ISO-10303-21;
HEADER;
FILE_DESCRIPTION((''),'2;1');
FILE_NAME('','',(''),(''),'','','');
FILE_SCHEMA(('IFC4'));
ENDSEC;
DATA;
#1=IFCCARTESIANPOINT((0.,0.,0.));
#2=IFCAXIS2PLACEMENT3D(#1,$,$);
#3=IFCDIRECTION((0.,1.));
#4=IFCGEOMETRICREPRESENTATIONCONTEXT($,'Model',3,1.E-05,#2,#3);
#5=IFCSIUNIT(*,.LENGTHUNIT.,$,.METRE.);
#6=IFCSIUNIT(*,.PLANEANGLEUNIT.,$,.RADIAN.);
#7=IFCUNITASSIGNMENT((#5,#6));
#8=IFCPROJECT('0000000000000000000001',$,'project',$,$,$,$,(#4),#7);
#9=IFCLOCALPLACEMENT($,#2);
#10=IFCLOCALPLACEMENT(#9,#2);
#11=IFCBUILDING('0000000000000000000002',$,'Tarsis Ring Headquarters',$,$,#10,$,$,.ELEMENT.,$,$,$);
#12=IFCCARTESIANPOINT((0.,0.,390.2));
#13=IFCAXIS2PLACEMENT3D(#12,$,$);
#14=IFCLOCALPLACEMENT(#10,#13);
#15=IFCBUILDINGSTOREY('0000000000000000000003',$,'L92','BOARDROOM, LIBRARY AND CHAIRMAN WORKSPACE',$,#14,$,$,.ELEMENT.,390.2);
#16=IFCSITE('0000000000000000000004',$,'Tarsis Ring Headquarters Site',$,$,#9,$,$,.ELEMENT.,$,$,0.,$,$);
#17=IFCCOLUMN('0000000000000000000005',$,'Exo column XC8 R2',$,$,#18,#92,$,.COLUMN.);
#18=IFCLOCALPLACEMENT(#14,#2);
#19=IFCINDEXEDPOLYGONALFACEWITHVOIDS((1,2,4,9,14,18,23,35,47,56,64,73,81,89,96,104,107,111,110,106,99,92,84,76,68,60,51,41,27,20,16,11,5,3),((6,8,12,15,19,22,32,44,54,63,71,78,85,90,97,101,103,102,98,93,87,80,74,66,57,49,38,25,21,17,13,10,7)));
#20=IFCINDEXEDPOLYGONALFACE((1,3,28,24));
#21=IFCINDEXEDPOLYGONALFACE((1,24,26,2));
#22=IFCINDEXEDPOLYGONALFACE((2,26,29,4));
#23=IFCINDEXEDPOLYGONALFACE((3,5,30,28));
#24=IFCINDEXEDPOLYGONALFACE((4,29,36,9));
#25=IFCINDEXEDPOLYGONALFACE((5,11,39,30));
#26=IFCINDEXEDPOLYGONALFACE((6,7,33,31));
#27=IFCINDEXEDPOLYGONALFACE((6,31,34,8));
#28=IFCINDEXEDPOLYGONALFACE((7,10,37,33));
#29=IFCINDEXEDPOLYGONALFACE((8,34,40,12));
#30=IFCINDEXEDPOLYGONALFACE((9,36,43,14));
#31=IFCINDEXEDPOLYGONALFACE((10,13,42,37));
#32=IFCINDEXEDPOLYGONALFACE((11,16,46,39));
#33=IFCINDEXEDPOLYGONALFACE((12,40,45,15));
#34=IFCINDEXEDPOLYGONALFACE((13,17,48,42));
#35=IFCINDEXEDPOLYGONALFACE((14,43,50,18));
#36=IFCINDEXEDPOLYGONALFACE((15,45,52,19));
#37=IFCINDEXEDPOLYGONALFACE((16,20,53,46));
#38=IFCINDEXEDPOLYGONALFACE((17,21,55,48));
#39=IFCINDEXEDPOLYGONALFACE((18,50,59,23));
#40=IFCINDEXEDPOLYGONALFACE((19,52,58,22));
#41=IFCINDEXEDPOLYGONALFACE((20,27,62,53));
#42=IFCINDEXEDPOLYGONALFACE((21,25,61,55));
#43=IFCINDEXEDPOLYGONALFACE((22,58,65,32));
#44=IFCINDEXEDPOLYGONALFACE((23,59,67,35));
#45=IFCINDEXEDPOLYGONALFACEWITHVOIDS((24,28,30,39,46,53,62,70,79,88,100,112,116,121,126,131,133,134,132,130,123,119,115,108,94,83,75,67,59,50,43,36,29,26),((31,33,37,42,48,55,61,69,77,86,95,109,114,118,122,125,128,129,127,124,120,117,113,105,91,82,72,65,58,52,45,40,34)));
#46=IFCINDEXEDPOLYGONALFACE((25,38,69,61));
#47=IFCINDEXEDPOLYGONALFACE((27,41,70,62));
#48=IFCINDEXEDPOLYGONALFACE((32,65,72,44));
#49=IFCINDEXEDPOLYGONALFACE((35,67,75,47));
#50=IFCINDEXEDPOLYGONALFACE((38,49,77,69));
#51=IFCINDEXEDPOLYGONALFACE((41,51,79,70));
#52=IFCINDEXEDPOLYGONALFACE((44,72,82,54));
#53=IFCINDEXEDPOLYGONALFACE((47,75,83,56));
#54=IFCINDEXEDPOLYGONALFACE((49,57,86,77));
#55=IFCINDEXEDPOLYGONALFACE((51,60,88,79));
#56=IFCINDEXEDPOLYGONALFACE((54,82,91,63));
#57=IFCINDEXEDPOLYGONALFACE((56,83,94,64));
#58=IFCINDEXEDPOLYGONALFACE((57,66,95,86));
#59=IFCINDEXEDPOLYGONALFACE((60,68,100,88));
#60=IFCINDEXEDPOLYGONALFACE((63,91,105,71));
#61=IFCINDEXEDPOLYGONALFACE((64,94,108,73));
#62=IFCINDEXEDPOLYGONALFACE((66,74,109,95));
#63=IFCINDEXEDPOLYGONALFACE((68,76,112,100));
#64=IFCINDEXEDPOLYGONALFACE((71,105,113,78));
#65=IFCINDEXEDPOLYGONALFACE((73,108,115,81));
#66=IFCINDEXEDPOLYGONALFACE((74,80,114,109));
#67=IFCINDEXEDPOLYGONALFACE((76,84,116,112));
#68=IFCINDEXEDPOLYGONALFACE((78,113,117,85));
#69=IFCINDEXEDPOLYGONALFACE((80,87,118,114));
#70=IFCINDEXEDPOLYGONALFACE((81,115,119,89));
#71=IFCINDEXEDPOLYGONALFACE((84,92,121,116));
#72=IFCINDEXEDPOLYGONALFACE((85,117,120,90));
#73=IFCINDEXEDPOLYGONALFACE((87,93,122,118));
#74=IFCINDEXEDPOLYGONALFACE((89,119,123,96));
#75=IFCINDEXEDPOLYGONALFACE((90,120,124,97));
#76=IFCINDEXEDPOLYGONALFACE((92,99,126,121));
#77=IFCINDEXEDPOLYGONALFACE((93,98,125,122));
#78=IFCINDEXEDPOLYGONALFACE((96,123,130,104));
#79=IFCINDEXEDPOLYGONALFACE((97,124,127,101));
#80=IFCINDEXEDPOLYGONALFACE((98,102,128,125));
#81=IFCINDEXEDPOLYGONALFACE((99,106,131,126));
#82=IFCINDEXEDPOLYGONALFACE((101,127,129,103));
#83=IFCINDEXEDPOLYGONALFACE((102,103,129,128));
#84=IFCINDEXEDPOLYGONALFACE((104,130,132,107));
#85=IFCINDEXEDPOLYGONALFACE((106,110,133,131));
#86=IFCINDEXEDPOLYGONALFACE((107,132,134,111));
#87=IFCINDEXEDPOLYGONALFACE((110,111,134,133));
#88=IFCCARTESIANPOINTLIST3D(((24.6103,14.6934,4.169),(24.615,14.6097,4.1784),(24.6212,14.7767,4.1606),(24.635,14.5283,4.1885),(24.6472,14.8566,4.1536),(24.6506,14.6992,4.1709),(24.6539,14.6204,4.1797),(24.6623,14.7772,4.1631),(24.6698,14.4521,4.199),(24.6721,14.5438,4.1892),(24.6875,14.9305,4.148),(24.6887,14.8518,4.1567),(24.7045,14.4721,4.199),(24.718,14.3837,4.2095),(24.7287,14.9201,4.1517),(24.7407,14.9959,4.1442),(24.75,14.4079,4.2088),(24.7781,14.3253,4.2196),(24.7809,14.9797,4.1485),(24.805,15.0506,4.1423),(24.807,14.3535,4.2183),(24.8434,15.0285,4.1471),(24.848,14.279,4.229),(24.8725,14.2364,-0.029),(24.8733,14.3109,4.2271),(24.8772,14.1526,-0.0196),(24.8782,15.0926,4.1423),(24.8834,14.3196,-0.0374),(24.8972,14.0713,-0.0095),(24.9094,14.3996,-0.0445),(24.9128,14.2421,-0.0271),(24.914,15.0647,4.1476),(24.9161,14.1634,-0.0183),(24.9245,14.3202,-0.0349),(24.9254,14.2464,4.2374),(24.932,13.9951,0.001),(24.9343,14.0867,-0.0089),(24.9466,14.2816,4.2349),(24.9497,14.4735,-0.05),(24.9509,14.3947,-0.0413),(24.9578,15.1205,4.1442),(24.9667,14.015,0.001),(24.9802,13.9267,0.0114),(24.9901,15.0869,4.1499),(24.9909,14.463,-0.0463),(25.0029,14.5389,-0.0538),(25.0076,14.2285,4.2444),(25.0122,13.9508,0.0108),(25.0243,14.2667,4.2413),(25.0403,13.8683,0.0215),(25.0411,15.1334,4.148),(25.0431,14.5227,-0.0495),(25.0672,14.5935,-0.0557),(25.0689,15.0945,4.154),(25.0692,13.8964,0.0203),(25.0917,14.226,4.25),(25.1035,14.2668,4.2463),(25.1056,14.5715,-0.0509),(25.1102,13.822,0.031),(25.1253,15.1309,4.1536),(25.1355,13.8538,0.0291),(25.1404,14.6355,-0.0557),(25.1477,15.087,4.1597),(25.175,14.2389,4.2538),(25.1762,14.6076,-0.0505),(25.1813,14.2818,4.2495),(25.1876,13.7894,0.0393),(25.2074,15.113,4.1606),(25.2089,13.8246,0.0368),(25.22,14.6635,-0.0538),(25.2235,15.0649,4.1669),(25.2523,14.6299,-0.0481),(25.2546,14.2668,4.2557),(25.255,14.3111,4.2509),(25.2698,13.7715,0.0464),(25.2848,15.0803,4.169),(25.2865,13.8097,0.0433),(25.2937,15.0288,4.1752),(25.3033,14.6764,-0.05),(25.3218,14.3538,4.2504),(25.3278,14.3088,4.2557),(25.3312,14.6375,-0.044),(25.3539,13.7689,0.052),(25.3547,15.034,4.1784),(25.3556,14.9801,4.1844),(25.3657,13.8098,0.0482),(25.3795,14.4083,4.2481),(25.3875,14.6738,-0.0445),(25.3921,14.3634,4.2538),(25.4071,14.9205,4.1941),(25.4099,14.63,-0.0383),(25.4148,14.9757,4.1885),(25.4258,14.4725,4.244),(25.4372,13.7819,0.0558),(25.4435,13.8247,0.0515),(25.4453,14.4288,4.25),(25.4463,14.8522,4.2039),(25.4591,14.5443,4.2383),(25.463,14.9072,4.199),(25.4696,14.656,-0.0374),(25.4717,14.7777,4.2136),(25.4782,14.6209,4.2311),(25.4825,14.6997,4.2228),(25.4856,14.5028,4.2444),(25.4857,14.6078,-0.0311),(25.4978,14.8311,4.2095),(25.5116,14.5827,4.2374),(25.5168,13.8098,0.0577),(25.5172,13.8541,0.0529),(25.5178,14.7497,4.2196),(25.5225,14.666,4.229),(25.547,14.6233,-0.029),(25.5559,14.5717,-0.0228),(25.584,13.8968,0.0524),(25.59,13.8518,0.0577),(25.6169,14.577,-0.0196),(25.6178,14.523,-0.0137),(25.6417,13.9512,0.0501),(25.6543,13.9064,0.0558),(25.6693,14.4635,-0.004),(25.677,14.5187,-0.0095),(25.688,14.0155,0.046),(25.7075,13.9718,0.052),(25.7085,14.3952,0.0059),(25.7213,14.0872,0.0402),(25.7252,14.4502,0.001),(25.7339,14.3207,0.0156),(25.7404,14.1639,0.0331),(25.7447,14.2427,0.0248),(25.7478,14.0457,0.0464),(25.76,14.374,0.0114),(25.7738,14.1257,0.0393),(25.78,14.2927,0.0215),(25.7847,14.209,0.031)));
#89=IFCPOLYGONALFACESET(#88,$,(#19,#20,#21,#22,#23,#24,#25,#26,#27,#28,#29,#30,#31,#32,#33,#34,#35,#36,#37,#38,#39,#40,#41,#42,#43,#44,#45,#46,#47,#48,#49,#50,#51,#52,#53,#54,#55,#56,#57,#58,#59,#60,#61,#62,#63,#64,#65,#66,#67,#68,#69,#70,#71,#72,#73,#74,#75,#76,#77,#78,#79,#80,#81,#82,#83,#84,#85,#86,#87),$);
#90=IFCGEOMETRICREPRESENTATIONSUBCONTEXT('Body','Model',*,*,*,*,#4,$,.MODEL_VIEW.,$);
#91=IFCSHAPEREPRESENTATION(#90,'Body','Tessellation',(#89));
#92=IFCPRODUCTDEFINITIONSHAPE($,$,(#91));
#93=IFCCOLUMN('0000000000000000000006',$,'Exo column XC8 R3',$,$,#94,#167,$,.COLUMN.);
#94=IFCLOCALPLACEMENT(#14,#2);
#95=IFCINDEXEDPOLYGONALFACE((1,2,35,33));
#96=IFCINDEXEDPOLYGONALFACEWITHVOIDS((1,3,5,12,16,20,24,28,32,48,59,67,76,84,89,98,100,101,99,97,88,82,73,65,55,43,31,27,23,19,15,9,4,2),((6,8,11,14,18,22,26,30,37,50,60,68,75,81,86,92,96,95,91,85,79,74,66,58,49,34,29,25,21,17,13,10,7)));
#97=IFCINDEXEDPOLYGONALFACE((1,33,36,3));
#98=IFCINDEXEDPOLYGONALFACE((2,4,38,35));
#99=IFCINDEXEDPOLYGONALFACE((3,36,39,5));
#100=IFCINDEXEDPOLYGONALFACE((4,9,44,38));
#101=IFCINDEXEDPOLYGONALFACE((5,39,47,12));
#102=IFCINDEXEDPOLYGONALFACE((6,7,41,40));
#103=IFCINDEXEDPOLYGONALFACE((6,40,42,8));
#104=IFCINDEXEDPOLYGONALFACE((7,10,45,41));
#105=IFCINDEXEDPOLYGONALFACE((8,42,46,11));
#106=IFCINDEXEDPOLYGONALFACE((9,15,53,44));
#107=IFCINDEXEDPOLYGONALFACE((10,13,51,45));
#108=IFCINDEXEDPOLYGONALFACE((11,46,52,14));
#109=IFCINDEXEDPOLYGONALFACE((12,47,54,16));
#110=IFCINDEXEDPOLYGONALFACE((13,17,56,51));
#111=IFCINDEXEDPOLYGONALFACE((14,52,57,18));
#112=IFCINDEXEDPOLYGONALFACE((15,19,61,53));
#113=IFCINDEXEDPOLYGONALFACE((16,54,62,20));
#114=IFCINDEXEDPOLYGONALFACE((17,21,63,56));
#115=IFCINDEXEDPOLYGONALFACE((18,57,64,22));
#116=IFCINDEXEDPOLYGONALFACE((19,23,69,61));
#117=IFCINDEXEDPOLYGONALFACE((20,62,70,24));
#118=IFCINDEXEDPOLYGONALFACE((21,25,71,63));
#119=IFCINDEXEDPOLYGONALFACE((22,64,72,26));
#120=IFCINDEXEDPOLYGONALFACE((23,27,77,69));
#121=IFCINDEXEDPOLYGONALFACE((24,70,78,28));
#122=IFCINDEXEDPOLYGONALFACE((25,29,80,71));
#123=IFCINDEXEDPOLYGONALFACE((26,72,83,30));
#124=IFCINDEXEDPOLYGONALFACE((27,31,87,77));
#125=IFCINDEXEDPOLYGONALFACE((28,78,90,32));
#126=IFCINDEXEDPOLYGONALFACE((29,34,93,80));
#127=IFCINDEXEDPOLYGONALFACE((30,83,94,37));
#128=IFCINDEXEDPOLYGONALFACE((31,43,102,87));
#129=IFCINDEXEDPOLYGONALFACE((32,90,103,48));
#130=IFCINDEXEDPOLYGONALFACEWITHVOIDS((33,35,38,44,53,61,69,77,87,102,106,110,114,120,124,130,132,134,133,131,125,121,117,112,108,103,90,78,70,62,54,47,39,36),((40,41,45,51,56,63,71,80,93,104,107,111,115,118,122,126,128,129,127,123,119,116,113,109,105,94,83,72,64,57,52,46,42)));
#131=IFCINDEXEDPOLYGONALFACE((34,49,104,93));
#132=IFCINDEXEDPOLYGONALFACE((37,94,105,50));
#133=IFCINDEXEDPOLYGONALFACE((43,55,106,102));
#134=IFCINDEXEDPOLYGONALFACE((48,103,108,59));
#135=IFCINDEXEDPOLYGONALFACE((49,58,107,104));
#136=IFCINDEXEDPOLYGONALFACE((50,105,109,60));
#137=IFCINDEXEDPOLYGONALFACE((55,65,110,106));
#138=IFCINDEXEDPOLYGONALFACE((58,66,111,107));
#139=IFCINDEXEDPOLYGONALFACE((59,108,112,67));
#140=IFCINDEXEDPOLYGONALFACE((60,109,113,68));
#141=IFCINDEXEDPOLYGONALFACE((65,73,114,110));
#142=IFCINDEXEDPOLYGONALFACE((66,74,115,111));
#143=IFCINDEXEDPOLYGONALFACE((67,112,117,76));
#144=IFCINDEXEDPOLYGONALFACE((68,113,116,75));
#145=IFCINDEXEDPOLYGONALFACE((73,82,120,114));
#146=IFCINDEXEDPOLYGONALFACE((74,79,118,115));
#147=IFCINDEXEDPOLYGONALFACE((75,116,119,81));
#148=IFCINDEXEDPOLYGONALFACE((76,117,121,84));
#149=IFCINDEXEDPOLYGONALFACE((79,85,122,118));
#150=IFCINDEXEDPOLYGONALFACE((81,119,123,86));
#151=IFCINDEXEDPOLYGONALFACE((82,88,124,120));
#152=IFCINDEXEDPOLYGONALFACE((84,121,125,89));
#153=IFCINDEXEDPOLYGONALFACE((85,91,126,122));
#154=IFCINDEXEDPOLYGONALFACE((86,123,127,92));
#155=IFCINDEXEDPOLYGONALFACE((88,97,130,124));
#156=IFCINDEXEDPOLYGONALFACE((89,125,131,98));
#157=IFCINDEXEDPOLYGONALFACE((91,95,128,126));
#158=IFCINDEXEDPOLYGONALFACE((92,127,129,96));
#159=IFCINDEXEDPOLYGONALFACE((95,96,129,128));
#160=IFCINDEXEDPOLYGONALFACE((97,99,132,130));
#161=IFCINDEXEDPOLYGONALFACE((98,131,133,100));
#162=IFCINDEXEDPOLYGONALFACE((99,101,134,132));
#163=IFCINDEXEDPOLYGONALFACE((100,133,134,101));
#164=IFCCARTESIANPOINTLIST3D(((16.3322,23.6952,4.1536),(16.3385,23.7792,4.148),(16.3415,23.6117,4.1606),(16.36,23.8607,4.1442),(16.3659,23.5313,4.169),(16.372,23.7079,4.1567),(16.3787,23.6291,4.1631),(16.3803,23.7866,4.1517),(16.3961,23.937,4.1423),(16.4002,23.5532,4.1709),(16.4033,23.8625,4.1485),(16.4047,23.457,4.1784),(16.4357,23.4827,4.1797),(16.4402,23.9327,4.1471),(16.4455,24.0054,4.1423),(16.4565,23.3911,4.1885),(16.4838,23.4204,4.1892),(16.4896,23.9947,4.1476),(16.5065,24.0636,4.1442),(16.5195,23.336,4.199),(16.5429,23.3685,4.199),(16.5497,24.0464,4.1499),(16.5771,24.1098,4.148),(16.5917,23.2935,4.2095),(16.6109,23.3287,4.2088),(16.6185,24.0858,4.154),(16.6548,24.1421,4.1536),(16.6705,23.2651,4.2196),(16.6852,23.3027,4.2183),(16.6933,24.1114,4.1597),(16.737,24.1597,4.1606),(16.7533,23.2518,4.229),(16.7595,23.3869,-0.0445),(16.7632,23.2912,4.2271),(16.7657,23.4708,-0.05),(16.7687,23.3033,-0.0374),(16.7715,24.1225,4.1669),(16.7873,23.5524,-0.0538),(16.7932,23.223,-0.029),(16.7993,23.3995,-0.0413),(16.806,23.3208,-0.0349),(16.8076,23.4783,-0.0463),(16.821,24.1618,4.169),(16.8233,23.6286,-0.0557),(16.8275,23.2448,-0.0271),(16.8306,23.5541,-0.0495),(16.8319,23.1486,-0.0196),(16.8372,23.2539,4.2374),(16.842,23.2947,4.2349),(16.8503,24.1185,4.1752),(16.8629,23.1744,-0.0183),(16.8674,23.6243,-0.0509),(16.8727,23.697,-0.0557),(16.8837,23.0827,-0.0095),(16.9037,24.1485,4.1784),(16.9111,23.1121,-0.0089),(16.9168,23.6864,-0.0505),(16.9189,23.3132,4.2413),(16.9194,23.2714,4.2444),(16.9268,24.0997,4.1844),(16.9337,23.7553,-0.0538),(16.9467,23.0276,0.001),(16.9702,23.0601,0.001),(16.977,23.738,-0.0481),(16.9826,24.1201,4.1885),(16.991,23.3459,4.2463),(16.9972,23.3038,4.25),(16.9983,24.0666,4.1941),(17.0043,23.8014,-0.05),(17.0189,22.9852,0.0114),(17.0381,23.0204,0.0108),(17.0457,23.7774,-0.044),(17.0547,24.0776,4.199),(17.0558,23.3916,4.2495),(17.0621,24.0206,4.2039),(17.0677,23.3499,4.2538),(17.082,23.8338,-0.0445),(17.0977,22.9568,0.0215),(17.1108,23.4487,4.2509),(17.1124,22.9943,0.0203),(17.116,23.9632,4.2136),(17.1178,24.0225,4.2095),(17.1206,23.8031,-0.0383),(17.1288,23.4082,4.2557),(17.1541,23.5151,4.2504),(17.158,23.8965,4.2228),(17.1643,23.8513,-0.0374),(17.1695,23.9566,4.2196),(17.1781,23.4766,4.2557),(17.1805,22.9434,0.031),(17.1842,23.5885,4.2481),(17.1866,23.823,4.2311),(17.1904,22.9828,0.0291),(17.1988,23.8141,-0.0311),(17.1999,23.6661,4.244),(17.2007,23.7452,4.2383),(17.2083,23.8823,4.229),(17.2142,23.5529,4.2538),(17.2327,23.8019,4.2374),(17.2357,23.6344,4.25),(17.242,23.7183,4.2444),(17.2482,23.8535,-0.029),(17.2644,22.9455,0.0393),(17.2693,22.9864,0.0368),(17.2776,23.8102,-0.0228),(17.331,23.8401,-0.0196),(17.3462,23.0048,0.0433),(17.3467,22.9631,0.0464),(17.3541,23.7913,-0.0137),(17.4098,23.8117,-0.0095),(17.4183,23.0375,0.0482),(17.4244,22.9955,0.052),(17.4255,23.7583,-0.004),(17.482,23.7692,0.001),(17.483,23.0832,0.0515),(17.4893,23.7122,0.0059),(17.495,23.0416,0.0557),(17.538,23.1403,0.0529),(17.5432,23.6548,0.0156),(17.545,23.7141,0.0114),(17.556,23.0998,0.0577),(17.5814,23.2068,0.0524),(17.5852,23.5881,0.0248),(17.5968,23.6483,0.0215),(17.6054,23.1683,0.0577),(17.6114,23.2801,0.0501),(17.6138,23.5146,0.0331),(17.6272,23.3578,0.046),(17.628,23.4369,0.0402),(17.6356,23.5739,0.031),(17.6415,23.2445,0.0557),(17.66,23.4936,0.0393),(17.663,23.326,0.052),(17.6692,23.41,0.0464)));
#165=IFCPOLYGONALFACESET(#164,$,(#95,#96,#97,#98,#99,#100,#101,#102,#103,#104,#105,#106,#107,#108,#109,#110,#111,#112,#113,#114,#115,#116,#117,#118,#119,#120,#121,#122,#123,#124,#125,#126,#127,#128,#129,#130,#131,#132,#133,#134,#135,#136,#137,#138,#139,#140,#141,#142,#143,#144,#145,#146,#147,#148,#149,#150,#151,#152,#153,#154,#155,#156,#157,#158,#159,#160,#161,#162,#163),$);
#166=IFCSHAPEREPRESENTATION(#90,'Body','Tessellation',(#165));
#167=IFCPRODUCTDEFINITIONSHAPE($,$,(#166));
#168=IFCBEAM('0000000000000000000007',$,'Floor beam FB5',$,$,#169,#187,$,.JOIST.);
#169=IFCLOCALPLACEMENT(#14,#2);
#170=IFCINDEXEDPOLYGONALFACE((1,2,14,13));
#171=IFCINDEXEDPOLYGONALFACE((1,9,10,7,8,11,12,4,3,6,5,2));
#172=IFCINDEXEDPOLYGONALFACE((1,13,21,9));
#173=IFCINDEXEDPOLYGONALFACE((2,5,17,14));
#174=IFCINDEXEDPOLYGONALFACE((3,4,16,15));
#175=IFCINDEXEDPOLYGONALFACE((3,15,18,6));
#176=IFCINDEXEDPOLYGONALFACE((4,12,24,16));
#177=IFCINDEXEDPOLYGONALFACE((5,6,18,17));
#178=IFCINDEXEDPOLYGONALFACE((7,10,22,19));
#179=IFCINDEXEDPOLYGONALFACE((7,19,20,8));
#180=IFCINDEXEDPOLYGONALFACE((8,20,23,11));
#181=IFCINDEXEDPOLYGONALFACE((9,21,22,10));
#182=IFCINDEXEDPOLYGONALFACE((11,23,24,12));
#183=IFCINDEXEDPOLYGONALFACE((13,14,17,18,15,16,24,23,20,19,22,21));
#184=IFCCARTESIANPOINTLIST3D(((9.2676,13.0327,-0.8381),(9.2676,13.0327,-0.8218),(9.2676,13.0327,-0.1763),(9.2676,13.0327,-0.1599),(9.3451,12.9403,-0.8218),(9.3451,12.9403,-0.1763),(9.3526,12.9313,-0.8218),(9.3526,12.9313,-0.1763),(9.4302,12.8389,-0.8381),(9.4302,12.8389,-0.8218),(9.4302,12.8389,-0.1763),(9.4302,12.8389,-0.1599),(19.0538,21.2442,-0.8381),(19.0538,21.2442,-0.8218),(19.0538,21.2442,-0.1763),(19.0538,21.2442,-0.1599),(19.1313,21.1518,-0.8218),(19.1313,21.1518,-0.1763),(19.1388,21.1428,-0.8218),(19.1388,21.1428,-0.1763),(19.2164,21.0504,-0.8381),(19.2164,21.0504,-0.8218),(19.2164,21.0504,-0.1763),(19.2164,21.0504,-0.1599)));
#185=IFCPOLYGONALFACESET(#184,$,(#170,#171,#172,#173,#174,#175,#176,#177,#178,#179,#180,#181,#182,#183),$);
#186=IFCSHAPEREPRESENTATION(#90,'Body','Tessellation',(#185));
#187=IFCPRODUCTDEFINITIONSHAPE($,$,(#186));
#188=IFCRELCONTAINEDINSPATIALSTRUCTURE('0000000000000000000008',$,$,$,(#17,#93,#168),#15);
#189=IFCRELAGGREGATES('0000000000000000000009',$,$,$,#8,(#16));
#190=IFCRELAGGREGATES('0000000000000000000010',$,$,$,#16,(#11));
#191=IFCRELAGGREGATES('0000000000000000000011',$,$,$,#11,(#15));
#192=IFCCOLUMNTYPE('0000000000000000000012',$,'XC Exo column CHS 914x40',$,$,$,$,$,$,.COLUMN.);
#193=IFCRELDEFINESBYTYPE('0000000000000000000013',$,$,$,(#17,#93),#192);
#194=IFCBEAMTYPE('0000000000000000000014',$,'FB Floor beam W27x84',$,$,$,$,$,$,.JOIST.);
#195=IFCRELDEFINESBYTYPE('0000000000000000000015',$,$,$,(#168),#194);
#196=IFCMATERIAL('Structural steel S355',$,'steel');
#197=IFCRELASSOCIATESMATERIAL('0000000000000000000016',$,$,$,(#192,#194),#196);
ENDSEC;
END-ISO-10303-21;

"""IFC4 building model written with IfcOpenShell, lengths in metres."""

from ifc_helpers import new_model, si_unit, direction, frame, origin, origin_2d, place, context, subcontext, project, spatial, hollow_circle, i_section, extrude, material, material_profile, profile_set, type_object, element, save


model = new_model("IFC4")

# Units and contexts
model_context = context("Model", 3, precision=1e-05, world=origin(), true_north=direction((0.0, 1.0)))
body_context = subcontext(model_context, "Body", "Model", "MODEL_VIEW")
ifc_project = project(units=[si_unit("LENGTHUNIT", "METRE"), si_unit("PLANEANGLEUNIT", "RADIAN")], contexts=[model_context])

# Site, building, storey
site_placement = place(None, origin())
site = spatial("IfcSite", under=ifc_project, at=site_placement, Name="Tarsis Ring Headquarters Site", CompositionType="ELEMENT", RefElevation=0.0)
building_placement = place(site_placement, origin())
building = spatial("IfcBuilding", under=site, at=building_placement, Name="Tarsis Ring Headquarters", CompositionType="ELEMENT")
storey_placement = place(building_placement, frame((0.0, 0.0, 390.2)))
storey = spatial("IfcBuildingStorey", under=building, at=storey_placement, Name="L92", Description="BOARDROOM, LIBRARY AND CHAIRMAN WORKSPACE", CompositionType="ELEMENT", Elevation=390.2)

# Columns
ifc_material_1 = material(Name="Structural steel S355", Category="steel")
ifc_material_profile_1 = material_profile(ifc_material_1, hollow_circle(Radius=0.457, WallThickness=0.04, at=origin_2d()), Name="CHS 914x40")
ifc_profile_set_1 = profile_set([ifc_material_profile_1], Name="Structural steel S355")
column_type = type_object("IfcColumnType", Name="XC Exo column CHS 914x40", PredefinedType="COLUMN", material=ifc_profile_set_1)
for number, where, z_axis, x_axis, name in (
    (1, (25.3286, 14.2227, 0.001), (-0.061974, 0.108021, 0.992215), (-0.867386, -0.497635, 0.0), "Exo column XC8 R2"),
    (2, (17.2144, 23.3984, 0.001), (-0.100981, 0.07288, 0.992215), (-0.58522, -0.810875, 0.0), "Exo column XC8 R3"),
):
    element("IfcColumn", number, at=place(storey_placement, frame(where, z_axis=z_axis, x_axis=x_axis)), inside=storey, type_object=column_type, Name=name, PredefinedType="COLUMN", context=body_context, shape_type="SweptSolid", body=[
        extrude(hollow_circle(Radius=0.4573, WallThickness=0.04, at=origin_2d()), origin(), (0.0, 0.0, 1.0), 4.231),
    ])

# Beam
ifc_material_profile_2 = material_profile(ifc_material_1, i_section(OverallWidth=0.2529, OverallDepth=0.6782, WebThickness=0.0117, FlangeThickness=0.0164, at=origin_2d()), Name="W27x84")
ifc_profile_set_2 = profile_set([ifc_material_profile_2], Name="Structural steel S355")
beam_type_1 = type_object("IfcBeamType", Name="FB Floor beam W27x84", PredefinedType="JOIST", material=ifc_profile_set_2)
beam_1_placement = place(storey_placement, frame((9.3489, 12.9358, -0.499), z_axis=(0.766049, 0.642782, 0.0), x_axis=(-0.642782, 0.766049, 0.0)))
element("IfcBeam", 3, at=beam_1_placement, inside=storey, type_object=beam_type_1, Name="Floor beam FB5", PredefinedType="JOIST", context=body_context, shape_type="SweptSolid", body=[
    extrude(i_section(OverallWidth=0.2529, OverallDepth=0.6782, WebThickness=0.0117, FlangeThickness=0.0164, at=origin_2d()), origin(), (0.0, 0.0, 1.0), 12.7749),
])

save(model, "model.ifc")
